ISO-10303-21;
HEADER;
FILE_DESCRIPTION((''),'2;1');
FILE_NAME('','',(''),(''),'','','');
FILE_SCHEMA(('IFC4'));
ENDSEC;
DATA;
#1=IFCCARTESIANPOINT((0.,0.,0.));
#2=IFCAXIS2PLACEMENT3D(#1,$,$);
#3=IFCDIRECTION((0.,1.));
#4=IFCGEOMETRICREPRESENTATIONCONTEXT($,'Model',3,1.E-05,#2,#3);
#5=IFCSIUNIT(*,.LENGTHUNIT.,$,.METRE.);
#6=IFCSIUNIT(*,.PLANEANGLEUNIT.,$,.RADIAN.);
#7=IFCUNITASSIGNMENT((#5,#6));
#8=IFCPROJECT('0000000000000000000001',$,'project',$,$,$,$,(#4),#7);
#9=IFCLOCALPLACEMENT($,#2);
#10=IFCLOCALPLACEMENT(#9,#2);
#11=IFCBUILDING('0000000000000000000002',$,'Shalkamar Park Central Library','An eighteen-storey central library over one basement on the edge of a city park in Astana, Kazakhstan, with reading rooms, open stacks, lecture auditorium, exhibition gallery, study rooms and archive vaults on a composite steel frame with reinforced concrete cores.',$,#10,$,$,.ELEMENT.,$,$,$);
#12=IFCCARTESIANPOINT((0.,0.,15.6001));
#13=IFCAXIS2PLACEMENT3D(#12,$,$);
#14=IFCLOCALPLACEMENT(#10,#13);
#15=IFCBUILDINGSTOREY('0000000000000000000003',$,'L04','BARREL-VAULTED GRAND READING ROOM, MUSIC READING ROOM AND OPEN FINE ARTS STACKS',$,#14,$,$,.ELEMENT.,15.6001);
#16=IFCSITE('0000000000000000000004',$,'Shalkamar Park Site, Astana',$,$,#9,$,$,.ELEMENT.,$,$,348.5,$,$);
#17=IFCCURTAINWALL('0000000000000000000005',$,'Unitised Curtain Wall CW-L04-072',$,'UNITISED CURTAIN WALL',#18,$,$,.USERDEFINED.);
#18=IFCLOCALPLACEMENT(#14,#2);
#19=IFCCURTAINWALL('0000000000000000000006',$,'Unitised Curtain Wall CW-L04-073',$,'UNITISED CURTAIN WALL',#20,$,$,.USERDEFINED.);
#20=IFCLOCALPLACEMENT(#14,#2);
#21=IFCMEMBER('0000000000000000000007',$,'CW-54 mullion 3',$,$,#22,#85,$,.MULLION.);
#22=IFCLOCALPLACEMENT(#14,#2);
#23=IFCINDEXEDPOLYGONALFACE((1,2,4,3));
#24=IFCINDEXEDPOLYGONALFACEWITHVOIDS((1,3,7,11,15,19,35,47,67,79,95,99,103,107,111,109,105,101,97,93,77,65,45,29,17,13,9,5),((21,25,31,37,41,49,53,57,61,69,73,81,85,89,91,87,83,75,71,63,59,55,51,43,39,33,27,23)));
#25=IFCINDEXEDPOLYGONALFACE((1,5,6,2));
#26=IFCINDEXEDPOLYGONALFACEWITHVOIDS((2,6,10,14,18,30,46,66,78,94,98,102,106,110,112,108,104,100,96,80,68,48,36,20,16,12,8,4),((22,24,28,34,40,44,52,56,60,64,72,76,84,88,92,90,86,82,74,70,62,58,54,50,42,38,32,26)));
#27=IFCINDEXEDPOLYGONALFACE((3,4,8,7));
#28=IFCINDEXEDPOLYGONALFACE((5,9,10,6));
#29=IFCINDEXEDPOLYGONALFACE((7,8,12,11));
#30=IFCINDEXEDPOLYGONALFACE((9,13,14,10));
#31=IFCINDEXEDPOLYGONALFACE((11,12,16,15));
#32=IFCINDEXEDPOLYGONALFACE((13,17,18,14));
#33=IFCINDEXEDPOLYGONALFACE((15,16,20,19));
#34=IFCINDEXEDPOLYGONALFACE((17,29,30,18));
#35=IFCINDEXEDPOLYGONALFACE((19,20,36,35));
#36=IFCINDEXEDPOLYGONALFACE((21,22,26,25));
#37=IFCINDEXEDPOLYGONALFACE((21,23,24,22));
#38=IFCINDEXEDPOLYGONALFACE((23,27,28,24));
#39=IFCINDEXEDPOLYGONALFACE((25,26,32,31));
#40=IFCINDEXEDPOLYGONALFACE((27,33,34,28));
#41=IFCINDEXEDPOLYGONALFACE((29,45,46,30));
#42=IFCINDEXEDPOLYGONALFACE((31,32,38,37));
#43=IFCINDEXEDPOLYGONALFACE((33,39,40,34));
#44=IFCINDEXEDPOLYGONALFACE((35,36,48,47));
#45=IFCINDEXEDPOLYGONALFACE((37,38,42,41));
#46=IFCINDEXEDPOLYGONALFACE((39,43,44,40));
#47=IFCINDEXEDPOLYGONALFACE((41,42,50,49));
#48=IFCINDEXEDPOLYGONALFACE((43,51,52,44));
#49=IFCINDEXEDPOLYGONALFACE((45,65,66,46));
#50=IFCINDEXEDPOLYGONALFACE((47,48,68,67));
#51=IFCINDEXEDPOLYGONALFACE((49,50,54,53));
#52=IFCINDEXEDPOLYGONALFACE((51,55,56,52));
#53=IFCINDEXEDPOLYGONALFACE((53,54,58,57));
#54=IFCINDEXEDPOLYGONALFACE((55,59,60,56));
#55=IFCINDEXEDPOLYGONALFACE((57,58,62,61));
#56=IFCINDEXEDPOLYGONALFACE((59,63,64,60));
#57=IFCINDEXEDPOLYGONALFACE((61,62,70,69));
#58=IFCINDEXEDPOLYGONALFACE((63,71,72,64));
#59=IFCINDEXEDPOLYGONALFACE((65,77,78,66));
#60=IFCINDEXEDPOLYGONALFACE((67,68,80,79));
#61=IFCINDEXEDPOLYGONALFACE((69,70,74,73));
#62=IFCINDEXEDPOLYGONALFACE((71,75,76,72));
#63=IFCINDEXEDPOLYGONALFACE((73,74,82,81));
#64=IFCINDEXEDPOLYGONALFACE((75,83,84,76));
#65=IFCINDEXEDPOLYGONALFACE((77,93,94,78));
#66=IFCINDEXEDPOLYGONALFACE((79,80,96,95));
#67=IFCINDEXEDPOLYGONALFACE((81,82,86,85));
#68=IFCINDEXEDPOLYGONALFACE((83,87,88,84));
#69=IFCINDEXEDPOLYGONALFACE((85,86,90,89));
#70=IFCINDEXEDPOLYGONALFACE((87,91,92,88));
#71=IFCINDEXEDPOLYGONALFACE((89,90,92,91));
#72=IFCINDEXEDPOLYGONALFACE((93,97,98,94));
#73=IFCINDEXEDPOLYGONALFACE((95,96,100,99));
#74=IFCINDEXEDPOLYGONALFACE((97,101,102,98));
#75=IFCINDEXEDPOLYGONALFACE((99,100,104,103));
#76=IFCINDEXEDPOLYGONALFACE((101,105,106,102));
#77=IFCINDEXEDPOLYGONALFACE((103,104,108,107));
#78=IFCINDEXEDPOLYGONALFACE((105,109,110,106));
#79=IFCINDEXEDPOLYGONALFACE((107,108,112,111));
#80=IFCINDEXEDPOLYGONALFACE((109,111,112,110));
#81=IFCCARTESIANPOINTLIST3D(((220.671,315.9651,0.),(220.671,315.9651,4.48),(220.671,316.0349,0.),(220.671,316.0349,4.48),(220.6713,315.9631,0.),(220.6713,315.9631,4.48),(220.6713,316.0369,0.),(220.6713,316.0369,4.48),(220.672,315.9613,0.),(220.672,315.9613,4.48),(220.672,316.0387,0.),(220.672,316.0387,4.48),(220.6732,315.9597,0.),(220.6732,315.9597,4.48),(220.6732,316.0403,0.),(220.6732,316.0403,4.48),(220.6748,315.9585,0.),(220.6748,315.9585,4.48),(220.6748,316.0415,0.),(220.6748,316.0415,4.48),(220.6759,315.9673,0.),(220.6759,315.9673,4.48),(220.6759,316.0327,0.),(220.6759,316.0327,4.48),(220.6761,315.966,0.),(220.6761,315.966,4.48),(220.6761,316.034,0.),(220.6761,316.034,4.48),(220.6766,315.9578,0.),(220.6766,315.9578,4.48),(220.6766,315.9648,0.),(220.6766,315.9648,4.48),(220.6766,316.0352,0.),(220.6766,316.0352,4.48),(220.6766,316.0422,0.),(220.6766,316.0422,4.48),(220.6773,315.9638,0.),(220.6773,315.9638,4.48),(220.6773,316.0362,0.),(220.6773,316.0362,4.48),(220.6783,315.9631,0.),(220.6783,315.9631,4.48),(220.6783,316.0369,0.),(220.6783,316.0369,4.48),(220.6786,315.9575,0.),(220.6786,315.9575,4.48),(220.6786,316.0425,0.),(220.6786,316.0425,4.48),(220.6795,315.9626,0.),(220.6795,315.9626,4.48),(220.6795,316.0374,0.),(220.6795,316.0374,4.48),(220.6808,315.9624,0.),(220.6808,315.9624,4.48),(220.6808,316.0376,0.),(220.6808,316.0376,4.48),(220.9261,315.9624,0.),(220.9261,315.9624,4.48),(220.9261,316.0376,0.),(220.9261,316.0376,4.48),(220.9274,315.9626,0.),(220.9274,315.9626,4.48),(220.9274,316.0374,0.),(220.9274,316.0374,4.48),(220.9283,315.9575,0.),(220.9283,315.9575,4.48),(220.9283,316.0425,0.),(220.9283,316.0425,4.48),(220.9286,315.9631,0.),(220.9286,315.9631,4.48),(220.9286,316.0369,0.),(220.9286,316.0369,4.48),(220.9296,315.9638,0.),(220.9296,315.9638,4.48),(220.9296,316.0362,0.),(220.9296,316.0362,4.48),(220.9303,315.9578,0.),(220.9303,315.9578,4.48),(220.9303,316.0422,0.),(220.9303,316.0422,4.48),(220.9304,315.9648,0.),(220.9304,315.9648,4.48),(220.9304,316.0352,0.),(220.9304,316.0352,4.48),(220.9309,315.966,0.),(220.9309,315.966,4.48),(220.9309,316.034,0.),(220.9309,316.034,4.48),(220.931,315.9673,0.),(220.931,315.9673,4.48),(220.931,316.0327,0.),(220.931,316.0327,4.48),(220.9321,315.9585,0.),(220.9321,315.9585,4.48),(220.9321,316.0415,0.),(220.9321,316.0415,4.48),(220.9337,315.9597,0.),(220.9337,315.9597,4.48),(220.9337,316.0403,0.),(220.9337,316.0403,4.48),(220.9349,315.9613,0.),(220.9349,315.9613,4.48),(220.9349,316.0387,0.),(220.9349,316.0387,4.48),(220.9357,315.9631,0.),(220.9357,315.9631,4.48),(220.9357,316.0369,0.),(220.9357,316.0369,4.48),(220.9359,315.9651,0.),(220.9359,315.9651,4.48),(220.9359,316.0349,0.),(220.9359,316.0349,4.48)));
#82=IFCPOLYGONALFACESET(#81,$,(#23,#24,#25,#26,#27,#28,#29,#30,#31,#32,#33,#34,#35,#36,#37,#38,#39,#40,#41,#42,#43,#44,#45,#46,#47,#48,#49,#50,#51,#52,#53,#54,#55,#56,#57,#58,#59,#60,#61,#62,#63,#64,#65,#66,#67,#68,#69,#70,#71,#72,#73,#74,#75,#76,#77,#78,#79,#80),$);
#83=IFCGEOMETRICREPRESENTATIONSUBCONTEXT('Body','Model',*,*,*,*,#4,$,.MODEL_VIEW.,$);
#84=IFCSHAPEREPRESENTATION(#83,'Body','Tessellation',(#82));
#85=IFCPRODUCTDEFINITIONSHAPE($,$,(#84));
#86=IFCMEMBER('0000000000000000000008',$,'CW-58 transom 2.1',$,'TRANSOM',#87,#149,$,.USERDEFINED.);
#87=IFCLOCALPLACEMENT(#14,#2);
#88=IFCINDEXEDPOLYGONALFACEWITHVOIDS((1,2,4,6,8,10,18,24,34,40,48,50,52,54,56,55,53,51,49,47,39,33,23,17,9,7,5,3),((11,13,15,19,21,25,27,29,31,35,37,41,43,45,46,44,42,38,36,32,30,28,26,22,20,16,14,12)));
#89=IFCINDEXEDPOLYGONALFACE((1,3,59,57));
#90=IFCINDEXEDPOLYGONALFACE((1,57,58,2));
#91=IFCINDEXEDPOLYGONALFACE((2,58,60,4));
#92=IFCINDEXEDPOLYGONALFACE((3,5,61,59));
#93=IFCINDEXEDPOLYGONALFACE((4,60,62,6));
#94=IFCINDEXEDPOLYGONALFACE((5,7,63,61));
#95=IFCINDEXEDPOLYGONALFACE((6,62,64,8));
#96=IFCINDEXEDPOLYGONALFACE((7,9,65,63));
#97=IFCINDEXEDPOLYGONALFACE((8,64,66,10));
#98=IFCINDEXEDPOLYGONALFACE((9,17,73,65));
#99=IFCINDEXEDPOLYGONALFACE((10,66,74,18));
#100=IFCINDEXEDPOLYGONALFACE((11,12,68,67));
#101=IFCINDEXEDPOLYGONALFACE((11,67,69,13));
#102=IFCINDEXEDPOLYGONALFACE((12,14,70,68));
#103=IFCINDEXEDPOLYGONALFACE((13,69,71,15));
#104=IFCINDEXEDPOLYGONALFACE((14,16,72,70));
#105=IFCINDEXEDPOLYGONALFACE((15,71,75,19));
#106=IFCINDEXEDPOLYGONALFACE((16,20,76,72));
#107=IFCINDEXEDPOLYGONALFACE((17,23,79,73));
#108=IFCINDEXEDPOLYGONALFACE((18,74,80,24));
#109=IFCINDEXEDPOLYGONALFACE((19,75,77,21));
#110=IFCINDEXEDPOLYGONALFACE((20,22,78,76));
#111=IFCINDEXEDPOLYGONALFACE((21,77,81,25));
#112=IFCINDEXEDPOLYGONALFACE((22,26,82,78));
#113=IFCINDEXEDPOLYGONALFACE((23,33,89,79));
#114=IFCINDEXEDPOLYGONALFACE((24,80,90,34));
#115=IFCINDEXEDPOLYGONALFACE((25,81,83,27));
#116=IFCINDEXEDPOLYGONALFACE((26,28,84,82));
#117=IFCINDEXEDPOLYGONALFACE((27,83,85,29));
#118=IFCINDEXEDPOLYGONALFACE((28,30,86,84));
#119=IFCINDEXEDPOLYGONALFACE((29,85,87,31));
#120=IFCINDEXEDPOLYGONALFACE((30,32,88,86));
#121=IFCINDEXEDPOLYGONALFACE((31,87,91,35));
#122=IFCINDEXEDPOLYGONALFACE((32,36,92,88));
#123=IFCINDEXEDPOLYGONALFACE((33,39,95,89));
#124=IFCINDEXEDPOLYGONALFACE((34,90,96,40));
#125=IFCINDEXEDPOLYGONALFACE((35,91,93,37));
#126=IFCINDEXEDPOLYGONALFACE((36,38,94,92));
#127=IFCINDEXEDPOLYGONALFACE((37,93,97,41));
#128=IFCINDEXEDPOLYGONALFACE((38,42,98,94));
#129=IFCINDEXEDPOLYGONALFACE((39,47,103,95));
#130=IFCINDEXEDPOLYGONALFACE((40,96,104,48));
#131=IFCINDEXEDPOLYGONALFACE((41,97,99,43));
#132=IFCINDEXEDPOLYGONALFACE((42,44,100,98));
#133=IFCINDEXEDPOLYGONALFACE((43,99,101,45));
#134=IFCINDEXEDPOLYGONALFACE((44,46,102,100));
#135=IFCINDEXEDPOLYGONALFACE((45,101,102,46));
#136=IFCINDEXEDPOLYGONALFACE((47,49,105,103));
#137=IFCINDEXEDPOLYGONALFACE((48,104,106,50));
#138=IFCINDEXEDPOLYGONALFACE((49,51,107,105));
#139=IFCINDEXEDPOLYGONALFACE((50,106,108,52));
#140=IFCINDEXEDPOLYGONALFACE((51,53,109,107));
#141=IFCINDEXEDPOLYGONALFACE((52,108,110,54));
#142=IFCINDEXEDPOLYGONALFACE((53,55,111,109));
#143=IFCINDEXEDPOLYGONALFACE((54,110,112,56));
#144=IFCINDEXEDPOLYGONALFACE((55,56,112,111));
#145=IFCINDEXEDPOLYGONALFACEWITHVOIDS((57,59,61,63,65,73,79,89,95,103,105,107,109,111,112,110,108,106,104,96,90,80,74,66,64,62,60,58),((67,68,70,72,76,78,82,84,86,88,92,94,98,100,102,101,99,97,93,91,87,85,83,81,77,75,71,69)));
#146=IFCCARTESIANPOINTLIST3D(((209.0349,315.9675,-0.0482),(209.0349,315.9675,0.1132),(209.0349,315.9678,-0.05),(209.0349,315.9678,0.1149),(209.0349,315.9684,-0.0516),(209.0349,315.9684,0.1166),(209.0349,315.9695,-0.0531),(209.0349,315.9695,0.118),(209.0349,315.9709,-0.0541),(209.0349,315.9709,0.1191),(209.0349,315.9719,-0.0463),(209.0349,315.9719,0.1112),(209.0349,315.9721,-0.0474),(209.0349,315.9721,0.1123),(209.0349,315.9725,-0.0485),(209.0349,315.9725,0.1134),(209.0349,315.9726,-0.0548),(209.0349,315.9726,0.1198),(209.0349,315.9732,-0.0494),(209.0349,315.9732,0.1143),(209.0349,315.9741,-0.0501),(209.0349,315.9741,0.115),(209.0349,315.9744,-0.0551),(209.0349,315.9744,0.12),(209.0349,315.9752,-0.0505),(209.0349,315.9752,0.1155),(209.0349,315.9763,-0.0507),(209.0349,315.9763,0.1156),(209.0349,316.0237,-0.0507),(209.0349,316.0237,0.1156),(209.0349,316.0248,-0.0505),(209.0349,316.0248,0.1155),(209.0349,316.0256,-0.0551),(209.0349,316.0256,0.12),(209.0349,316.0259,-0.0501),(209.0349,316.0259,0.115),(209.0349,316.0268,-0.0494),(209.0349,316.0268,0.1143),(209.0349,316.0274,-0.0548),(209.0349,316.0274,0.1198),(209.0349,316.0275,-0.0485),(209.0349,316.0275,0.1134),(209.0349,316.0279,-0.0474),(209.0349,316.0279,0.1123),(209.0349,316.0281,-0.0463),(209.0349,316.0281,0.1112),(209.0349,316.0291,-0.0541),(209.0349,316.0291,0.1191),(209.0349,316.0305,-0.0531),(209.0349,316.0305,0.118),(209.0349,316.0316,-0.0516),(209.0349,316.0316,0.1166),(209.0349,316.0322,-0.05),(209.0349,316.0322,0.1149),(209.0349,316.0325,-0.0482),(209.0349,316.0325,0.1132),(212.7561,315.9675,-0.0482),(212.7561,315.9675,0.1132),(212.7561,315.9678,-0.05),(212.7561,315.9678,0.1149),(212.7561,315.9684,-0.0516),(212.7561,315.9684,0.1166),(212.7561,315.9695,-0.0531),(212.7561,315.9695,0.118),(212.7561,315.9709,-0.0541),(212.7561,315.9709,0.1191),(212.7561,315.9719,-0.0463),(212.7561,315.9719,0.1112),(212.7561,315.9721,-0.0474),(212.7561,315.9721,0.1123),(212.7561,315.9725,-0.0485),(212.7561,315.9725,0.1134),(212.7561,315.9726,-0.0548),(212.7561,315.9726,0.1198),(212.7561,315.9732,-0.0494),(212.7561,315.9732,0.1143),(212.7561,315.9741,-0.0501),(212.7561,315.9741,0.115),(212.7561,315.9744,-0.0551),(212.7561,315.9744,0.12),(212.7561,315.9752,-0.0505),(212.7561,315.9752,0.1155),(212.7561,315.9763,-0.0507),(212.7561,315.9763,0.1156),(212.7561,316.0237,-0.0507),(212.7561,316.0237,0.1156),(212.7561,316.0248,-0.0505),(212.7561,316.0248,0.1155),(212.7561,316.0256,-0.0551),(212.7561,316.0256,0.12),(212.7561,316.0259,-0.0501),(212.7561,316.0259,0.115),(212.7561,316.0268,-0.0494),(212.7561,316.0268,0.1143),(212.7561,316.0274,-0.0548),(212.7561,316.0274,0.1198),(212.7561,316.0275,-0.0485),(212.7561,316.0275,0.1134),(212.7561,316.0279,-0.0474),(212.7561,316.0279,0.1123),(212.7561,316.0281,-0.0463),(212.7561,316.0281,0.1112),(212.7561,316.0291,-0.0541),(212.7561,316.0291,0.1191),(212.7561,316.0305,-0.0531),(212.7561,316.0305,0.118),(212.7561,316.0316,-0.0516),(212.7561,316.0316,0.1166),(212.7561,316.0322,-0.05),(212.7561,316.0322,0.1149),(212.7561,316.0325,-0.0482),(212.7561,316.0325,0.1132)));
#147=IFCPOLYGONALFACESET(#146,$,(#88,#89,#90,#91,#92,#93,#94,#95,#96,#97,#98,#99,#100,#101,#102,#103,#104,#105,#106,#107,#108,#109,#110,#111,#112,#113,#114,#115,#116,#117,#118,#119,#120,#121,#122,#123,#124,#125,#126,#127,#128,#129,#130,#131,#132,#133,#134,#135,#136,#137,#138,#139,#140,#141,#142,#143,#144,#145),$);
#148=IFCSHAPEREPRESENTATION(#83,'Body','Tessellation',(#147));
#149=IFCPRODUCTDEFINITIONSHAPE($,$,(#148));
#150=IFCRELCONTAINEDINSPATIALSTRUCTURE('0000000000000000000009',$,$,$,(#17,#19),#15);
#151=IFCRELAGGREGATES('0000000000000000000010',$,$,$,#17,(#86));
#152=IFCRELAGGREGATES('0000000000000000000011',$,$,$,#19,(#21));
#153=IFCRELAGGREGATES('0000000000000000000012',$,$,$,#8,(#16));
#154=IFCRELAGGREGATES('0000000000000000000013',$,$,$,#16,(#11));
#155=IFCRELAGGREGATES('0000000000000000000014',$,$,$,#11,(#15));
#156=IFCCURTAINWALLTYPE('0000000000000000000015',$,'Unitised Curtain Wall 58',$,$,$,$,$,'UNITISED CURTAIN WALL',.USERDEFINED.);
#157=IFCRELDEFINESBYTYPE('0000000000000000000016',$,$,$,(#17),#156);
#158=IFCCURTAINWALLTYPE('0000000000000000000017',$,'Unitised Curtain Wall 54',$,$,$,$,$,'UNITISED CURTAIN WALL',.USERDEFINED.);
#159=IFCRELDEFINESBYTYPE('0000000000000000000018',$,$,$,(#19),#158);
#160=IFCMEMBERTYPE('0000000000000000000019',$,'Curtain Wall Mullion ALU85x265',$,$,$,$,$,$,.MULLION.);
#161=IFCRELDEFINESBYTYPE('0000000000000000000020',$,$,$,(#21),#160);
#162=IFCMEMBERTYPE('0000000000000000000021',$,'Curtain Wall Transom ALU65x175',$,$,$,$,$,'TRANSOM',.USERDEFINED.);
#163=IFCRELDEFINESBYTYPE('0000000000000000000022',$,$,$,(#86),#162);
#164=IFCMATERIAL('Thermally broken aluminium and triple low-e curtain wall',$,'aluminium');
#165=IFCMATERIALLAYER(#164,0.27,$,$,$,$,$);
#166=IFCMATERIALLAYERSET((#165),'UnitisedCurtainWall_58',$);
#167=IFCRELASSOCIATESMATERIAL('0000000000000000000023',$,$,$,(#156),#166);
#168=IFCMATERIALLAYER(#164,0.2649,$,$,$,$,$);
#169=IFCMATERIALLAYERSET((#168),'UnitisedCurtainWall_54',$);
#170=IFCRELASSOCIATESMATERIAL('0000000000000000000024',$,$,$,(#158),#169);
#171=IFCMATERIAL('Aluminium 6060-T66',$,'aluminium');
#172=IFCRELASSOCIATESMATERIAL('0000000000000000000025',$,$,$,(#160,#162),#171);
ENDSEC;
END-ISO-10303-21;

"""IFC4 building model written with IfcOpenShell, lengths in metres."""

from ifc_helpers import new_model, si_unit, direction, frame, origin, origin_2d, place, context, subcontext, project, spatial, hollow_rectangle, extrude, material, layer, layer_set, material_profile, profile_set, type_object, element, aggregate, save


model = new_model("IFC4")

# Units and contexts
model_context = context("Model", 3, precision=1e-05, world=origin(), true_north=direction((0.0, 1.0)))
body_context = subcontext(model_context, "Body", "Model", "MODEL_VIEW")
ifc_project = project(units=[si_unit("LENGTHUNIT", "METRE"), si_unit("PLANEANGLEUNIT", "RADIAN")], contexts=[model_context])

# Site, building, storey
site_placement = place(None, origin())
site = spatial("IfcSite", under=ifc_project, at=site_placement, Name="Shalkamar Park Site, Astana", CompositionType="ELEMENT", RefElevation=348.5)
building_placement = place(site_placement, origin())
building = spatial("IfcBuilding", under=site, at=building_placement, Name="Shalkamar Park Central Library", Description="An eighteen-storey central library over one basement on the edge of a city park in Astana, Kazakhstan, with reading rooms, open stacks, lecture auditorium, exhibition gallery, study rooms and archive vaults on a composite steel frame with reinforced concrete cores.", CompositionType="ELEMENT")
storey_placement = place(building_placement, frame((0.0, 0.0, 15.6001)))
storey = spatial("IfcBuildingStorey", under=building, at=storey_placement, Name="L04", Description="BARREL-VAULTED GRAND READING ROOM, MUSIC READING ROOM AND OPEN FINE ARTS STACKS", CompositionType="ELEMENT", Elevation=15.6001)

# Curtain walls, member
ifc_material_1 = material(Name="Thermally broken aluminium and triple low-e curtain wall", Category="aluminium")
ifc_layer_1 = layer(ifc_material_1, 0.27)
ifc_layer_set_1 = layer_set([ifc_layer_1], Name="UnitisedCurtainWall_58")
curtain_wall_type_1 = type_object("IfcCurtainWallType", Name="Unitised Curtain Wall 58", ElementType="UNITISED CURTAIN WALL", PredefinedType="USERDEFINED", material=ifc_layer_set_1)
curtain_wall_1_placement = place(storey_placement, origin())
curtain_wall_1 = element("IfcCurtainWall", 1, at=curtain_wall_1_placement, inside=storey, type_object=curtain_wall_type_1, Name="Unitised Curtain Wall CW-L04-072", ObjectType="UNITISED CURTAIN WALL", PredefinedType="USERDEFINED")
ifc_material_2 = material(Name="Aluminium 6060-T66", Category="aluminium")
ifc_layer_2 = layer(ifc_material_1, 0.2649)
ifc_layer_set_2 = layer_set([ifc_layer_2], Name="UnitisedCurtainWall_54")
curtain_wall_type_2 = type_object("IfcCurtainWallType", Name="Unitised Curtain Wall 54", ElementType="UNITISED CURTAIN WALL", PredefinedType="USERDEFINED", material=ifc_layer_set_2)
curtain_wall_2_placement = place(storey_placement, origin())
curtain_wall_2 = element("IfcCurtainWall", 2, at=curtain_wall_2_placement, inside=storey, type_object=curtain_wall_type_2, Name="Unitised Curtain Wall CW-L04-073", ObjectType="UNITISED CURTAIN WALL", PredefinedType="USERDEFINED")
ifc_material_profile_1 = material_profile(ifc_material_2, hollow_rectangle(XDim=0.085, YDim=0.2649, WallThickness=0.0049, InnerFilletRadius=0.0049, OuterFilletRadius=0.0076, at=origin_2d()), Name="ALU 85x265x5")
ifc_profile_set_1 = profile_set([ifc_material_profile_1], Name="Aluminium 6060-T66")
member_type_1 = type_object("IfcMemberType", Name="Curtain Wall Mullion ALU85x265", PredefinedType="MULLION", material=ifc_profile_set_1)
member_1_placement = place(storey_placement, frame((220.8035, 316.0, 0.0), z_axis=(0.0, 0.0, 1.0), x_axis=(0.0, 1.0, 0.0)))
member_1 = element("IfcMember", 3, at=member_1_placement, type_object=member_type_1, Name="CW-54 mullion 3", PredefinedType="MULLION", context=body_context, shape_type="SweptSolid", body=[
    extrude(hollow_rectangle(XDim=0.085, YDim=0.2649, WallThickness=0.0049, InnerFilletRadius=0.0049, OuterFilletRadius=0.0076, at=origin_2d()), origin(), (0.0, 0.0, 1.0), 4.48),
])

# Member
ifc_material_profile_2 = material_profile(ifc_material_2, hollow_rectangle(XDim=0.0649, YDim=0.175, WallThickness=0.0044, InnerFilletRadius=0.0044, OuterFilletRadius=0.0068, at=origin_2d()), Name="ALU 65x175x4.5")
ifc_profile_set_2 = profile_set([ifc_material_profile_2], Name="Aluminium 6060-T66")
member_type_2 = type_object("IfcMemberType", Name="Curtain Wall Transom ALU65x175", ElementType="TRANSOM", PredefinedType="USERDEFINED", material=ifc_profile_set_2)
member_2_placement = place(storey_placement, frame((209.0349, 316.0, 0.0325), z_axis=(1.0, 0.0, 0.0), x_axis=(0.0, 1.0, 0.0)))
member_2 = element("IfcMember", 4, at=member_2_placement, type_object=member_type_2, Name="CW-58 transom 2.1", ObjectType="TRANSOM", PredefinedType="USERDEFINED", context=body_context, shape_type="SweptSolid", body=[
    extrude(hollow_rectangle(XDim=0.0649, YDim=0.175, WallThickness=0.0044, InnerFilletRadius=0.0044, OuterFilletRadius=0.0068, at=origin_2d()), origin(), (0.0, 0.0, 1.0), 3.7212),
])

aggregate(curtain_wall_1, [member_2])
aggregate(curtain_wall_2, [member_1])

save(model, "model.ifc")
